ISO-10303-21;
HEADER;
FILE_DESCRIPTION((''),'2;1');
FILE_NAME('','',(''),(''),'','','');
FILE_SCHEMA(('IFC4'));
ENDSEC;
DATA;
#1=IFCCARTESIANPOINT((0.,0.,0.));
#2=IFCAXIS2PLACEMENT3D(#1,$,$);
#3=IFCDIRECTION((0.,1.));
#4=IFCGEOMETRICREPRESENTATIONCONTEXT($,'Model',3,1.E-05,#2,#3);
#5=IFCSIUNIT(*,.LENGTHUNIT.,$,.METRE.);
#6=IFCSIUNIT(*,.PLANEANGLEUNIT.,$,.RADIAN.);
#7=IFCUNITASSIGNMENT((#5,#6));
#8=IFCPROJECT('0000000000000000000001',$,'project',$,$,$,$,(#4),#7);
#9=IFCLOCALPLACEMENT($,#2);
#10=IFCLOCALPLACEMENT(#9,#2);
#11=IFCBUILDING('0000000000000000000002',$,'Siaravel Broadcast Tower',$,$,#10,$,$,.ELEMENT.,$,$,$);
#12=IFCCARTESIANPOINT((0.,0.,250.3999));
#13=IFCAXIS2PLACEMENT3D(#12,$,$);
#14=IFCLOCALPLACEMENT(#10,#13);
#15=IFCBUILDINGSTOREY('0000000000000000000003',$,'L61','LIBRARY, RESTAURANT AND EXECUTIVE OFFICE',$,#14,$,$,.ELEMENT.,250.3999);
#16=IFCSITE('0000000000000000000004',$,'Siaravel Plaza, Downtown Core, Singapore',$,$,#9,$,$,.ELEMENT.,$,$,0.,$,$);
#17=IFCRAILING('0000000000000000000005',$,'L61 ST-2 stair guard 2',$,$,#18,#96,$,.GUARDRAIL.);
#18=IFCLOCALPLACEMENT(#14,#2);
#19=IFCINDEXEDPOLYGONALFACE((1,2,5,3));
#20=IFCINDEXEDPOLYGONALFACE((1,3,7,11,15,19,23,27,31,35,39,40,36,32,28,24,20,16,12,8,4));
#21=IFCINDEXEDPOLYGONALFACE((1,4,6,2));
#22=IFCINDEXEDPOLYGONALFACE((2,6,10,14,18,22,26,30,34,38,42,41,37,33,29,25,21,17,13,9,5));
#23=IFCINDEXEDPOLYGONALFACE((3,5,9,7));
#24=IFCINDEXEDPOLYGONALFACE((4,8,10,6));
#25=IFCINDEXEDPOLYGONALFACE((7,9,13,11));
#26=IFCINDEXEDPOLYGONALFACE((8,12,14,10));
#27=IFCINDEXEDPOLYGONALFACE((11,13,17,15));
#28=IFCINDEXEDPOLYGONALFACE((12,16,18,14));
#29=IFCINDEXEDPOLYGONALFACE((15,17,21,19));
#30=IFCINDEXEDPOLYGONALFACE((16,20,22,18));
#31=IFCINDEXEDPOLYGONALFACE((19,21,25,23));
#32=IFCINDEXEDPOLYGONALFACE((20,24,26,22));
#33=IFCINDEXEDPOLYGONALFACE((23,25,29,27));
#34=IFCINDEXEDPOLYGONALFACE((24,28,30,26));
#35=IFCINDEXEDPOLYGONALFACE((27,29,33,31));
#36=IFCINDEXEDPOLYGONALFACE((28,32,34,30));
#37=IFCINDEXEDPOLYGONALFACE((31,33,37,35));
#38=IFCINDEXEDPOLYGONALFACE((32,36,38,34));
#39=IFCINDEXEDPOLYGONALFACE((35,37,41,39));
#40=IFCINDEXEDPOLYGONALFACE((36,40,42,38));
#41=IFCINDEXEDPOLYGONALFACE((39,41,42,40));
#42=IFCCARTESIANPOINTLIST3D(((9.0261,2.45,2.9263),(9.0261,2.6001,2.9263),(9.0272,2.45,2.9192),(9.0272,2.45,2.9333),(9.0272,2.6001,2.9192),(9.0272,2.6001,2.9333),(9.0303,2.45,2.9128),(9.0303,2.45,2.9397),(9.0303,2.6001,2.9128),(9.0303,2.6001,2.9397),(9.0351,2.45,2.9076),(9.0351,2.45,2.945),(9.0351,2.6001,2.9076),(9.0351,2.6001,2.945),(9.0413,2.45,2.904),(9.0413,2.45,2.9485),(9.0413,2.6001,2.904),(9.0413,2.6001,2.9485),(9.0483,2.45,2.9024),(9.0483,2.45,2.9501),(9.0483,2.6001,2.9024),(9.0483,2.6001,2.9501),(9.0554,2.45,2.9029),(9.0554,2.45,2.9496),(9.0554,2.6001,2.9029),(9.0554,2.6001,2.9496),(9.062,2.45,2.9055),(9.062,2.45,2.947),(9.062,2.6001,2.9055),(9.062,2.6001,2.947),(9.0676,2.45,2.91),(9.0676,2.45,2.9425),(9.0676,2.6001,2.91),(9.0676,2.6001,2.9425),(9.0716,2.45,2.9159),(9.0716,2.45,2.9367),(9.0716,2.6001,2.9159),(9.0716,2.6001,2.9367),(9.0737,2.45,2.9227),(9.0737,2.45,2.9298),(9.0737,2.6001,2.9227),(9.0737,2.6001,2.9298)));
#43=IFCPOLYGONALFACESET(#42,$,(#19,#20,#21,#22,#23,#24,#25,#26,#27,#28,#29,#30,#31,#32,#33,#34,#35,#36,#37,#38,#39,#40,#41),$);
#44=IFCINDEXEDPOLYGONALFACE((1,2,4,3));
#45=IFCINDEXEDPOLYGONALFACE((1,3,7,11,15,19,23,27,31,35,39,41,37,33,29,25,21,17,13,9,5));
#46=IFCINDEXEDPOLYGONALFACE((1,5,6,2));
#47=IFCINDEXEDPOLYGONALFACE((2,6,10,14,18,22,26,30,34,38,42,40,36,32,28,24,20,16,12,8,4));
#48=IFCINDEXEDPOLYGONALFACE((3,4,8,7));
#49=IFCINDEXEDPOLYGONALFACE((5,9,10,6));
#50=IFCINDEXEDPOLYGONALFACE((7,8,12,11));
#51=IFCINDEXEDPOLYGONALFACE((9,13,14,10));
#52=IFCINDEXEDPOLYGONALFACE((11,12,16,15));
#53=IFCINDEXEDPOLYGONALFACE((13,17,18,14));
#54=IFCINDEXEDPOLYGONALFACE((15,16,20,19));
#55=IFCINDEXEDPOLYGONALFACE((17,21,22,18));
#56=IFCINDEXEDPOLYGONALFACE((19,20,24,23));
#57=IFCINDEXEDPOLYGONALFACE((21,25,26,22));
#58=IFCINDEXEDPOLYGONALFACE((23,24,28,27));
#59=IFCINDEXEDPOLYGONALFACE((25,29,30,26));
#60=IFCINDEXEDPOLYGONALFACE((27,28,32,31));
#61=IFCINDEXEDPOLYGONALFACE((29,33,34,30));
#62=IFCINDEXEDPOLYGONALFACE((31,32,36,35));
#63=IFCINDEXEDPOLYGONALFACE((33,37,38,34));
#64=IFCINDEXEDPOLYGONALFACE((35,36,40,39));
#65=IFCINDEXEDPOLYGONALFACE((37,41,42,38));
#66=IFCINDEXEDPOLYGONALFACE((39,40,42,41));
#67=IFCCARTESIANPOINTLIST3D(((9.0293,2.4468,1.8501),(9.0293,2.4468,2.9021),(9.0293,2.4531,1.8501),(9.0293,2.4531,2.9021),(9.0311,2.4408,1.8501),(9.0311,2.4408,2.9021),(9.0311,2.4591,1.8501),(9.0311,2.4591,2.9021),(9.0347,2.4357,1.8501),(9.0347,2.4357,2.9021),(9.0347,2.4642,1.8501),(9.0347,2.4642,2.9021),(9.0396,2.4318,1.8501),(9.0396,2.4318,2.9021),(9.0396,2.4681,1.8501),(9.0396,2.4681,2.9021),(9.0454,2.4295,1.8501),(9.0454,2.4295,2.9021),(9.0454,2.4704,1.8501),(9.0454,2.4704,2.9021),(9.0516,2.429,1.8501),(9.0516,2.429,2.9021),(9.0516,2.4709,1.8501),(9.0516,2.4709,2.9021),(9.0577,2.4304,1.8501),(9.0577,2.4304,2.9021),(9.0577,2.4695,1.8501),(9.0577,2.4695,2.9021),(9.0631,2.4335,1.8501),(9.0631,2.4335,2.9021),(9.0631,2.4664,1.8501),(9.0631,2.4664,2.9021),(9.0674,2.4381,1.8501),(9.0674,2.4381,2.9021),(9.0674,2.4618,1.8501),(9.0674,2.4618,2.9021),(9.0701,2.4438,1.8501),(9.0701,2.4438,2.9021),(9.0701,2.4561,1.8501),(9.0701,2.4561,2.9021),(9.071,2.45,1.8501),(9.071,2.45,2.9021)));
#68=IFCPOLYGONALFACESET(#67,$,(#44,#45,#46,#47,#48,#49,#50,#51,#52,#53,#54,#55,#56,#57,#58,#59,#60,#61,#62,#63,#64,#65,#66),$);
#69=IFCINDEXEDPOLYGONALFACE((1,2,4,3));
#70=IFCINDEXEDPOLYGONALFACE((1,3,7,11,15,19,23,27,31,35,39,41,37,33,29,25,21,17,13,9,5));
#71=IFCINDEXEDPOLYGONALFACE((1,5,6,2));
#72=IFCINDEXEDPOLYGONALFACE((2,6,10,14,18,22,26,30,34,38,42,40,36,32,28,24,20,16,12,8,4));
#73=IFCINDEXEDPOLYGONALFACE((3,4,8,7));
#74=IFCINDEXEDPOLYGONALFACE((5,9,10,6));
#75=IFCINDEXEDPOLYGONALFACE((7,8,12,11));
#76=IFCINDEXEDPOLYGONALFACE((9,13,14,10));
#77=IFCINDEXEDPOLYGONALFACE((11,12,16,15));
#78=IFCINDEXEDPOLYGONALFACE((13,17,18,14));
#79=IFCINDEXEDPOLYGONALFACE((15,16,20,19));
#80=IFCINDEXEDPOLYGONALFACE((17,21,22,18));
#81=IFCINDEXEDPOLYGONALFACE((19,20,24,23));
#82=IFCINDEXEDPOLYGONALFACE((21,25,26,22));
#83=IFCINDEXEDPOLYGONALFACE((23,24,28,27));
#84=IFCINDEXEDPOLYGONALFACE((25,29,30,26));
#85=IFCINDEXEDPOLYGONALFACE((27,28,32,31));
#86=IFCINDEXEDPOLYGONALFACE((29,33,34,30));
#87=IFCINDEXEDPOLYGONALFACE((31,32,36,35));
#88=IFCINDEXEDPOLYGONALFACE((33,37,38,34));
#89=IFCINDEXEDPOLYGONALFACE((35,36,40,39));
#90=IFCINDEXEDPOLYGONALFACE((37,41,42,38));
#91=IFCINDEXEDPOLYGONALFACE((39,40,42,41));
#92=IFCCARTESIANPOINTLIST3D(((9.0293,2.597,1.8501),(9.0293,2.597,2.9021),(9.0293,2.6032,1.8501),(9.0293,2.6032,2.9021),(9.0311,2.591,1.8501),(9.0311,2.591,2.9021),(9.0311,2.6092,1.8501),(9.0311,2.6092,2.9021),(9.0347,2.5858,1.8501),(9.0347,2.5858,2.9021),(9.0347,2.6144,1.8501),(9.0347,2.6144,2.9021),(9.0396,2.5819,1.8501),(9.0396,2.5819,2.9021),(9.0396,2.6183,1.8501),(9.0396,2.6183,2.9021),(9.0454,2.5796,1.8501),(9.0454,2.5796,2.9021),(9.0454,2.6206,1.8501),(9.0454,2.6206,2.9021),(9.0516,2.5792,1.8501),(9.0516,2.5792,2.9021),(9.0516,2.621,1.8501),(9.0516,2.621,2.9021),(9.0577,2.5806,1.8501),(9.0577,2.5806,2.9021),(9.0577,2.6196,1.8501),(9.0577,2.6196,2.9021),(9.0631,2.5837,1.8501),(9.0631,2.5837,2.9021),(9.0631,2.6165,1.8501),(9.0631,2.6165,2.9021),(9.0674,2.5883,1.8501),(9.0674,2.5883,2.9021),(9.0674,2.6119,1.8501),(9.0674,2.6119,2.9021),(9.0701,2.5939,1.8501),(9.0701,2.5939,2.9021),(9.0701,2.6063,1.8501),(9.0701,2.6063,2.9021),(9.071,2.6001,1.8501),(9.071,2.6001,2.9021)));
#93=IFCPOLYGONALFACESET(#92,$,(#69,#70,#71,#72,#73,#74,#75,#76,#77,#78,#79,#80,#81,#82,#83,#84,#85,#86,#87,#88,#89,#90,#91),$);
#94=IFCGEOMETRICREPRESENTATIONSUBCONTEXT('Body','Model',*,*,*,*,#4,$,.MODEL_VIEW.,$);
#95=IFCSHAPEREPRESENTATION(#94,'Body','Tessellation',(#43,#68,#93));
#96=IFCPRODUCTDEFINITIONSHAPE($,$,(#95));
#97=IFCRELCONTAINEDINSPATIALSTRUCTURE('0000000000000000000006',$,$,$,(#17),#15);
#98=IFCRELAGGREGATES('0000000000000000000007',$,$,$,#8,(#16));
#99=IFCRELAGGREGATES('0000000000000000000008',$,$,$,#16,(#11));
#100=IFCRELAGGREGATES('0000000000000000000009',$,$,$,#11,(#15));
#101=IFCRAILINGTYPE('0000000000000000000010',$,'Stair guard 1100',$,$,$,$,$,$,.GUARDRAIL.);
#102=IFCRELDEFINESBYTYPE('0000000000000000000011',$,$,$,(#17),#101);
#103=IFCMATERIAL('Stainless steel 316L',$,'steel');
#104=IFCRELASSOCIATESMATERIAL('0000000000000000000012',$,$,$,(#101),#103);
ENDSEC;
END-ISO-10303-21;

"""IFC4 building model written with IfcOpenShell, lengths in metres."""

from ifc_helpers import new_model, si_unit, direction, frame, origin, origin_2d, place, context, subcontext, project, spatial, circle, extrude, material, type_object, element, save


model = new_model("IFC4")

# Units and contexts
model_context = context("Model", 3, precision=1e-05, world=origin(), true_north=direction((0.0, 1.0)))
body_context = subcontext(model_context, "Body", "Model", "MODEL_VIEW")
ifc_project = project(units=[si_unit("LENGTHUNIT", "METRE"), si_unit("PLANEANGLEUNIT", "RADIAN")], contexts=[model_context])

# Site, building, storey
site_placement = place(None, origin())
site = spatial("IfcSite", under=ifc_project, at=site_placement, Name="Siaravel Plaza, Downtown Core, Singapore", CompositionType="ELEMENT", RefElevation=0.0)
building_placement = place(site_placement, origin())
building = spatial("IfcBuilding", under=site, at=building_placement, Name="Siaravel Broadcast Tower", CompositionType="ELEMENT")
storey_placement = place(building_placement, frame((0.0, 0.0, 250.3999)))
storey = spatial("IfcBuildingStorey", under=building, at=storey_placement, Name="L61", Description="LIBRARY, RESTAURANT AND EXECUTIVE OFFICE", CompositionType="ELEMENT", Elevation=250.3999)

# Railing
ifc_material_1 = material(Name="Stainless steel 316L", Category="steel")
railing_type_1 = type_object("IfcRailingType", Name="Stair guard 1100", PredefinedType="GUARDRAIL", material=ifc_material_1)
railing_1_placement = place(storey_placement, frame((9.05, 2.45, 1.8501)))
element("IfcRailing", 1, at=railing_1_placement, inside=storey, type_object=railing_type_1, Name="L61 ST-2 stair guard 2", PredefinedType="GUARDRAIL", context=body_context, shape_type="SweptSolid", body=[
    extrude(circle(Radius=0.0239, at=origin_2d()), frame((0.0, 0.0, 1.0762), z_axis=(0.0, 1.0, 0.0), x_axis=(-1.0, 0.0, 0.0)), (0.0, 0.0, 1.0), 0.1501),
    extrude(circle(Radius=0.021, at=origin_2d()), origin(), (0.0, 0.0, 1.0), 1.052),
    extrude(circle(Radius=0.021, at=origin_2d()), frame((0.0, 0.1501, 0.0)), (0.0, 0.0, 1.0), 1.052),
])

save(model, "model.ifc")
